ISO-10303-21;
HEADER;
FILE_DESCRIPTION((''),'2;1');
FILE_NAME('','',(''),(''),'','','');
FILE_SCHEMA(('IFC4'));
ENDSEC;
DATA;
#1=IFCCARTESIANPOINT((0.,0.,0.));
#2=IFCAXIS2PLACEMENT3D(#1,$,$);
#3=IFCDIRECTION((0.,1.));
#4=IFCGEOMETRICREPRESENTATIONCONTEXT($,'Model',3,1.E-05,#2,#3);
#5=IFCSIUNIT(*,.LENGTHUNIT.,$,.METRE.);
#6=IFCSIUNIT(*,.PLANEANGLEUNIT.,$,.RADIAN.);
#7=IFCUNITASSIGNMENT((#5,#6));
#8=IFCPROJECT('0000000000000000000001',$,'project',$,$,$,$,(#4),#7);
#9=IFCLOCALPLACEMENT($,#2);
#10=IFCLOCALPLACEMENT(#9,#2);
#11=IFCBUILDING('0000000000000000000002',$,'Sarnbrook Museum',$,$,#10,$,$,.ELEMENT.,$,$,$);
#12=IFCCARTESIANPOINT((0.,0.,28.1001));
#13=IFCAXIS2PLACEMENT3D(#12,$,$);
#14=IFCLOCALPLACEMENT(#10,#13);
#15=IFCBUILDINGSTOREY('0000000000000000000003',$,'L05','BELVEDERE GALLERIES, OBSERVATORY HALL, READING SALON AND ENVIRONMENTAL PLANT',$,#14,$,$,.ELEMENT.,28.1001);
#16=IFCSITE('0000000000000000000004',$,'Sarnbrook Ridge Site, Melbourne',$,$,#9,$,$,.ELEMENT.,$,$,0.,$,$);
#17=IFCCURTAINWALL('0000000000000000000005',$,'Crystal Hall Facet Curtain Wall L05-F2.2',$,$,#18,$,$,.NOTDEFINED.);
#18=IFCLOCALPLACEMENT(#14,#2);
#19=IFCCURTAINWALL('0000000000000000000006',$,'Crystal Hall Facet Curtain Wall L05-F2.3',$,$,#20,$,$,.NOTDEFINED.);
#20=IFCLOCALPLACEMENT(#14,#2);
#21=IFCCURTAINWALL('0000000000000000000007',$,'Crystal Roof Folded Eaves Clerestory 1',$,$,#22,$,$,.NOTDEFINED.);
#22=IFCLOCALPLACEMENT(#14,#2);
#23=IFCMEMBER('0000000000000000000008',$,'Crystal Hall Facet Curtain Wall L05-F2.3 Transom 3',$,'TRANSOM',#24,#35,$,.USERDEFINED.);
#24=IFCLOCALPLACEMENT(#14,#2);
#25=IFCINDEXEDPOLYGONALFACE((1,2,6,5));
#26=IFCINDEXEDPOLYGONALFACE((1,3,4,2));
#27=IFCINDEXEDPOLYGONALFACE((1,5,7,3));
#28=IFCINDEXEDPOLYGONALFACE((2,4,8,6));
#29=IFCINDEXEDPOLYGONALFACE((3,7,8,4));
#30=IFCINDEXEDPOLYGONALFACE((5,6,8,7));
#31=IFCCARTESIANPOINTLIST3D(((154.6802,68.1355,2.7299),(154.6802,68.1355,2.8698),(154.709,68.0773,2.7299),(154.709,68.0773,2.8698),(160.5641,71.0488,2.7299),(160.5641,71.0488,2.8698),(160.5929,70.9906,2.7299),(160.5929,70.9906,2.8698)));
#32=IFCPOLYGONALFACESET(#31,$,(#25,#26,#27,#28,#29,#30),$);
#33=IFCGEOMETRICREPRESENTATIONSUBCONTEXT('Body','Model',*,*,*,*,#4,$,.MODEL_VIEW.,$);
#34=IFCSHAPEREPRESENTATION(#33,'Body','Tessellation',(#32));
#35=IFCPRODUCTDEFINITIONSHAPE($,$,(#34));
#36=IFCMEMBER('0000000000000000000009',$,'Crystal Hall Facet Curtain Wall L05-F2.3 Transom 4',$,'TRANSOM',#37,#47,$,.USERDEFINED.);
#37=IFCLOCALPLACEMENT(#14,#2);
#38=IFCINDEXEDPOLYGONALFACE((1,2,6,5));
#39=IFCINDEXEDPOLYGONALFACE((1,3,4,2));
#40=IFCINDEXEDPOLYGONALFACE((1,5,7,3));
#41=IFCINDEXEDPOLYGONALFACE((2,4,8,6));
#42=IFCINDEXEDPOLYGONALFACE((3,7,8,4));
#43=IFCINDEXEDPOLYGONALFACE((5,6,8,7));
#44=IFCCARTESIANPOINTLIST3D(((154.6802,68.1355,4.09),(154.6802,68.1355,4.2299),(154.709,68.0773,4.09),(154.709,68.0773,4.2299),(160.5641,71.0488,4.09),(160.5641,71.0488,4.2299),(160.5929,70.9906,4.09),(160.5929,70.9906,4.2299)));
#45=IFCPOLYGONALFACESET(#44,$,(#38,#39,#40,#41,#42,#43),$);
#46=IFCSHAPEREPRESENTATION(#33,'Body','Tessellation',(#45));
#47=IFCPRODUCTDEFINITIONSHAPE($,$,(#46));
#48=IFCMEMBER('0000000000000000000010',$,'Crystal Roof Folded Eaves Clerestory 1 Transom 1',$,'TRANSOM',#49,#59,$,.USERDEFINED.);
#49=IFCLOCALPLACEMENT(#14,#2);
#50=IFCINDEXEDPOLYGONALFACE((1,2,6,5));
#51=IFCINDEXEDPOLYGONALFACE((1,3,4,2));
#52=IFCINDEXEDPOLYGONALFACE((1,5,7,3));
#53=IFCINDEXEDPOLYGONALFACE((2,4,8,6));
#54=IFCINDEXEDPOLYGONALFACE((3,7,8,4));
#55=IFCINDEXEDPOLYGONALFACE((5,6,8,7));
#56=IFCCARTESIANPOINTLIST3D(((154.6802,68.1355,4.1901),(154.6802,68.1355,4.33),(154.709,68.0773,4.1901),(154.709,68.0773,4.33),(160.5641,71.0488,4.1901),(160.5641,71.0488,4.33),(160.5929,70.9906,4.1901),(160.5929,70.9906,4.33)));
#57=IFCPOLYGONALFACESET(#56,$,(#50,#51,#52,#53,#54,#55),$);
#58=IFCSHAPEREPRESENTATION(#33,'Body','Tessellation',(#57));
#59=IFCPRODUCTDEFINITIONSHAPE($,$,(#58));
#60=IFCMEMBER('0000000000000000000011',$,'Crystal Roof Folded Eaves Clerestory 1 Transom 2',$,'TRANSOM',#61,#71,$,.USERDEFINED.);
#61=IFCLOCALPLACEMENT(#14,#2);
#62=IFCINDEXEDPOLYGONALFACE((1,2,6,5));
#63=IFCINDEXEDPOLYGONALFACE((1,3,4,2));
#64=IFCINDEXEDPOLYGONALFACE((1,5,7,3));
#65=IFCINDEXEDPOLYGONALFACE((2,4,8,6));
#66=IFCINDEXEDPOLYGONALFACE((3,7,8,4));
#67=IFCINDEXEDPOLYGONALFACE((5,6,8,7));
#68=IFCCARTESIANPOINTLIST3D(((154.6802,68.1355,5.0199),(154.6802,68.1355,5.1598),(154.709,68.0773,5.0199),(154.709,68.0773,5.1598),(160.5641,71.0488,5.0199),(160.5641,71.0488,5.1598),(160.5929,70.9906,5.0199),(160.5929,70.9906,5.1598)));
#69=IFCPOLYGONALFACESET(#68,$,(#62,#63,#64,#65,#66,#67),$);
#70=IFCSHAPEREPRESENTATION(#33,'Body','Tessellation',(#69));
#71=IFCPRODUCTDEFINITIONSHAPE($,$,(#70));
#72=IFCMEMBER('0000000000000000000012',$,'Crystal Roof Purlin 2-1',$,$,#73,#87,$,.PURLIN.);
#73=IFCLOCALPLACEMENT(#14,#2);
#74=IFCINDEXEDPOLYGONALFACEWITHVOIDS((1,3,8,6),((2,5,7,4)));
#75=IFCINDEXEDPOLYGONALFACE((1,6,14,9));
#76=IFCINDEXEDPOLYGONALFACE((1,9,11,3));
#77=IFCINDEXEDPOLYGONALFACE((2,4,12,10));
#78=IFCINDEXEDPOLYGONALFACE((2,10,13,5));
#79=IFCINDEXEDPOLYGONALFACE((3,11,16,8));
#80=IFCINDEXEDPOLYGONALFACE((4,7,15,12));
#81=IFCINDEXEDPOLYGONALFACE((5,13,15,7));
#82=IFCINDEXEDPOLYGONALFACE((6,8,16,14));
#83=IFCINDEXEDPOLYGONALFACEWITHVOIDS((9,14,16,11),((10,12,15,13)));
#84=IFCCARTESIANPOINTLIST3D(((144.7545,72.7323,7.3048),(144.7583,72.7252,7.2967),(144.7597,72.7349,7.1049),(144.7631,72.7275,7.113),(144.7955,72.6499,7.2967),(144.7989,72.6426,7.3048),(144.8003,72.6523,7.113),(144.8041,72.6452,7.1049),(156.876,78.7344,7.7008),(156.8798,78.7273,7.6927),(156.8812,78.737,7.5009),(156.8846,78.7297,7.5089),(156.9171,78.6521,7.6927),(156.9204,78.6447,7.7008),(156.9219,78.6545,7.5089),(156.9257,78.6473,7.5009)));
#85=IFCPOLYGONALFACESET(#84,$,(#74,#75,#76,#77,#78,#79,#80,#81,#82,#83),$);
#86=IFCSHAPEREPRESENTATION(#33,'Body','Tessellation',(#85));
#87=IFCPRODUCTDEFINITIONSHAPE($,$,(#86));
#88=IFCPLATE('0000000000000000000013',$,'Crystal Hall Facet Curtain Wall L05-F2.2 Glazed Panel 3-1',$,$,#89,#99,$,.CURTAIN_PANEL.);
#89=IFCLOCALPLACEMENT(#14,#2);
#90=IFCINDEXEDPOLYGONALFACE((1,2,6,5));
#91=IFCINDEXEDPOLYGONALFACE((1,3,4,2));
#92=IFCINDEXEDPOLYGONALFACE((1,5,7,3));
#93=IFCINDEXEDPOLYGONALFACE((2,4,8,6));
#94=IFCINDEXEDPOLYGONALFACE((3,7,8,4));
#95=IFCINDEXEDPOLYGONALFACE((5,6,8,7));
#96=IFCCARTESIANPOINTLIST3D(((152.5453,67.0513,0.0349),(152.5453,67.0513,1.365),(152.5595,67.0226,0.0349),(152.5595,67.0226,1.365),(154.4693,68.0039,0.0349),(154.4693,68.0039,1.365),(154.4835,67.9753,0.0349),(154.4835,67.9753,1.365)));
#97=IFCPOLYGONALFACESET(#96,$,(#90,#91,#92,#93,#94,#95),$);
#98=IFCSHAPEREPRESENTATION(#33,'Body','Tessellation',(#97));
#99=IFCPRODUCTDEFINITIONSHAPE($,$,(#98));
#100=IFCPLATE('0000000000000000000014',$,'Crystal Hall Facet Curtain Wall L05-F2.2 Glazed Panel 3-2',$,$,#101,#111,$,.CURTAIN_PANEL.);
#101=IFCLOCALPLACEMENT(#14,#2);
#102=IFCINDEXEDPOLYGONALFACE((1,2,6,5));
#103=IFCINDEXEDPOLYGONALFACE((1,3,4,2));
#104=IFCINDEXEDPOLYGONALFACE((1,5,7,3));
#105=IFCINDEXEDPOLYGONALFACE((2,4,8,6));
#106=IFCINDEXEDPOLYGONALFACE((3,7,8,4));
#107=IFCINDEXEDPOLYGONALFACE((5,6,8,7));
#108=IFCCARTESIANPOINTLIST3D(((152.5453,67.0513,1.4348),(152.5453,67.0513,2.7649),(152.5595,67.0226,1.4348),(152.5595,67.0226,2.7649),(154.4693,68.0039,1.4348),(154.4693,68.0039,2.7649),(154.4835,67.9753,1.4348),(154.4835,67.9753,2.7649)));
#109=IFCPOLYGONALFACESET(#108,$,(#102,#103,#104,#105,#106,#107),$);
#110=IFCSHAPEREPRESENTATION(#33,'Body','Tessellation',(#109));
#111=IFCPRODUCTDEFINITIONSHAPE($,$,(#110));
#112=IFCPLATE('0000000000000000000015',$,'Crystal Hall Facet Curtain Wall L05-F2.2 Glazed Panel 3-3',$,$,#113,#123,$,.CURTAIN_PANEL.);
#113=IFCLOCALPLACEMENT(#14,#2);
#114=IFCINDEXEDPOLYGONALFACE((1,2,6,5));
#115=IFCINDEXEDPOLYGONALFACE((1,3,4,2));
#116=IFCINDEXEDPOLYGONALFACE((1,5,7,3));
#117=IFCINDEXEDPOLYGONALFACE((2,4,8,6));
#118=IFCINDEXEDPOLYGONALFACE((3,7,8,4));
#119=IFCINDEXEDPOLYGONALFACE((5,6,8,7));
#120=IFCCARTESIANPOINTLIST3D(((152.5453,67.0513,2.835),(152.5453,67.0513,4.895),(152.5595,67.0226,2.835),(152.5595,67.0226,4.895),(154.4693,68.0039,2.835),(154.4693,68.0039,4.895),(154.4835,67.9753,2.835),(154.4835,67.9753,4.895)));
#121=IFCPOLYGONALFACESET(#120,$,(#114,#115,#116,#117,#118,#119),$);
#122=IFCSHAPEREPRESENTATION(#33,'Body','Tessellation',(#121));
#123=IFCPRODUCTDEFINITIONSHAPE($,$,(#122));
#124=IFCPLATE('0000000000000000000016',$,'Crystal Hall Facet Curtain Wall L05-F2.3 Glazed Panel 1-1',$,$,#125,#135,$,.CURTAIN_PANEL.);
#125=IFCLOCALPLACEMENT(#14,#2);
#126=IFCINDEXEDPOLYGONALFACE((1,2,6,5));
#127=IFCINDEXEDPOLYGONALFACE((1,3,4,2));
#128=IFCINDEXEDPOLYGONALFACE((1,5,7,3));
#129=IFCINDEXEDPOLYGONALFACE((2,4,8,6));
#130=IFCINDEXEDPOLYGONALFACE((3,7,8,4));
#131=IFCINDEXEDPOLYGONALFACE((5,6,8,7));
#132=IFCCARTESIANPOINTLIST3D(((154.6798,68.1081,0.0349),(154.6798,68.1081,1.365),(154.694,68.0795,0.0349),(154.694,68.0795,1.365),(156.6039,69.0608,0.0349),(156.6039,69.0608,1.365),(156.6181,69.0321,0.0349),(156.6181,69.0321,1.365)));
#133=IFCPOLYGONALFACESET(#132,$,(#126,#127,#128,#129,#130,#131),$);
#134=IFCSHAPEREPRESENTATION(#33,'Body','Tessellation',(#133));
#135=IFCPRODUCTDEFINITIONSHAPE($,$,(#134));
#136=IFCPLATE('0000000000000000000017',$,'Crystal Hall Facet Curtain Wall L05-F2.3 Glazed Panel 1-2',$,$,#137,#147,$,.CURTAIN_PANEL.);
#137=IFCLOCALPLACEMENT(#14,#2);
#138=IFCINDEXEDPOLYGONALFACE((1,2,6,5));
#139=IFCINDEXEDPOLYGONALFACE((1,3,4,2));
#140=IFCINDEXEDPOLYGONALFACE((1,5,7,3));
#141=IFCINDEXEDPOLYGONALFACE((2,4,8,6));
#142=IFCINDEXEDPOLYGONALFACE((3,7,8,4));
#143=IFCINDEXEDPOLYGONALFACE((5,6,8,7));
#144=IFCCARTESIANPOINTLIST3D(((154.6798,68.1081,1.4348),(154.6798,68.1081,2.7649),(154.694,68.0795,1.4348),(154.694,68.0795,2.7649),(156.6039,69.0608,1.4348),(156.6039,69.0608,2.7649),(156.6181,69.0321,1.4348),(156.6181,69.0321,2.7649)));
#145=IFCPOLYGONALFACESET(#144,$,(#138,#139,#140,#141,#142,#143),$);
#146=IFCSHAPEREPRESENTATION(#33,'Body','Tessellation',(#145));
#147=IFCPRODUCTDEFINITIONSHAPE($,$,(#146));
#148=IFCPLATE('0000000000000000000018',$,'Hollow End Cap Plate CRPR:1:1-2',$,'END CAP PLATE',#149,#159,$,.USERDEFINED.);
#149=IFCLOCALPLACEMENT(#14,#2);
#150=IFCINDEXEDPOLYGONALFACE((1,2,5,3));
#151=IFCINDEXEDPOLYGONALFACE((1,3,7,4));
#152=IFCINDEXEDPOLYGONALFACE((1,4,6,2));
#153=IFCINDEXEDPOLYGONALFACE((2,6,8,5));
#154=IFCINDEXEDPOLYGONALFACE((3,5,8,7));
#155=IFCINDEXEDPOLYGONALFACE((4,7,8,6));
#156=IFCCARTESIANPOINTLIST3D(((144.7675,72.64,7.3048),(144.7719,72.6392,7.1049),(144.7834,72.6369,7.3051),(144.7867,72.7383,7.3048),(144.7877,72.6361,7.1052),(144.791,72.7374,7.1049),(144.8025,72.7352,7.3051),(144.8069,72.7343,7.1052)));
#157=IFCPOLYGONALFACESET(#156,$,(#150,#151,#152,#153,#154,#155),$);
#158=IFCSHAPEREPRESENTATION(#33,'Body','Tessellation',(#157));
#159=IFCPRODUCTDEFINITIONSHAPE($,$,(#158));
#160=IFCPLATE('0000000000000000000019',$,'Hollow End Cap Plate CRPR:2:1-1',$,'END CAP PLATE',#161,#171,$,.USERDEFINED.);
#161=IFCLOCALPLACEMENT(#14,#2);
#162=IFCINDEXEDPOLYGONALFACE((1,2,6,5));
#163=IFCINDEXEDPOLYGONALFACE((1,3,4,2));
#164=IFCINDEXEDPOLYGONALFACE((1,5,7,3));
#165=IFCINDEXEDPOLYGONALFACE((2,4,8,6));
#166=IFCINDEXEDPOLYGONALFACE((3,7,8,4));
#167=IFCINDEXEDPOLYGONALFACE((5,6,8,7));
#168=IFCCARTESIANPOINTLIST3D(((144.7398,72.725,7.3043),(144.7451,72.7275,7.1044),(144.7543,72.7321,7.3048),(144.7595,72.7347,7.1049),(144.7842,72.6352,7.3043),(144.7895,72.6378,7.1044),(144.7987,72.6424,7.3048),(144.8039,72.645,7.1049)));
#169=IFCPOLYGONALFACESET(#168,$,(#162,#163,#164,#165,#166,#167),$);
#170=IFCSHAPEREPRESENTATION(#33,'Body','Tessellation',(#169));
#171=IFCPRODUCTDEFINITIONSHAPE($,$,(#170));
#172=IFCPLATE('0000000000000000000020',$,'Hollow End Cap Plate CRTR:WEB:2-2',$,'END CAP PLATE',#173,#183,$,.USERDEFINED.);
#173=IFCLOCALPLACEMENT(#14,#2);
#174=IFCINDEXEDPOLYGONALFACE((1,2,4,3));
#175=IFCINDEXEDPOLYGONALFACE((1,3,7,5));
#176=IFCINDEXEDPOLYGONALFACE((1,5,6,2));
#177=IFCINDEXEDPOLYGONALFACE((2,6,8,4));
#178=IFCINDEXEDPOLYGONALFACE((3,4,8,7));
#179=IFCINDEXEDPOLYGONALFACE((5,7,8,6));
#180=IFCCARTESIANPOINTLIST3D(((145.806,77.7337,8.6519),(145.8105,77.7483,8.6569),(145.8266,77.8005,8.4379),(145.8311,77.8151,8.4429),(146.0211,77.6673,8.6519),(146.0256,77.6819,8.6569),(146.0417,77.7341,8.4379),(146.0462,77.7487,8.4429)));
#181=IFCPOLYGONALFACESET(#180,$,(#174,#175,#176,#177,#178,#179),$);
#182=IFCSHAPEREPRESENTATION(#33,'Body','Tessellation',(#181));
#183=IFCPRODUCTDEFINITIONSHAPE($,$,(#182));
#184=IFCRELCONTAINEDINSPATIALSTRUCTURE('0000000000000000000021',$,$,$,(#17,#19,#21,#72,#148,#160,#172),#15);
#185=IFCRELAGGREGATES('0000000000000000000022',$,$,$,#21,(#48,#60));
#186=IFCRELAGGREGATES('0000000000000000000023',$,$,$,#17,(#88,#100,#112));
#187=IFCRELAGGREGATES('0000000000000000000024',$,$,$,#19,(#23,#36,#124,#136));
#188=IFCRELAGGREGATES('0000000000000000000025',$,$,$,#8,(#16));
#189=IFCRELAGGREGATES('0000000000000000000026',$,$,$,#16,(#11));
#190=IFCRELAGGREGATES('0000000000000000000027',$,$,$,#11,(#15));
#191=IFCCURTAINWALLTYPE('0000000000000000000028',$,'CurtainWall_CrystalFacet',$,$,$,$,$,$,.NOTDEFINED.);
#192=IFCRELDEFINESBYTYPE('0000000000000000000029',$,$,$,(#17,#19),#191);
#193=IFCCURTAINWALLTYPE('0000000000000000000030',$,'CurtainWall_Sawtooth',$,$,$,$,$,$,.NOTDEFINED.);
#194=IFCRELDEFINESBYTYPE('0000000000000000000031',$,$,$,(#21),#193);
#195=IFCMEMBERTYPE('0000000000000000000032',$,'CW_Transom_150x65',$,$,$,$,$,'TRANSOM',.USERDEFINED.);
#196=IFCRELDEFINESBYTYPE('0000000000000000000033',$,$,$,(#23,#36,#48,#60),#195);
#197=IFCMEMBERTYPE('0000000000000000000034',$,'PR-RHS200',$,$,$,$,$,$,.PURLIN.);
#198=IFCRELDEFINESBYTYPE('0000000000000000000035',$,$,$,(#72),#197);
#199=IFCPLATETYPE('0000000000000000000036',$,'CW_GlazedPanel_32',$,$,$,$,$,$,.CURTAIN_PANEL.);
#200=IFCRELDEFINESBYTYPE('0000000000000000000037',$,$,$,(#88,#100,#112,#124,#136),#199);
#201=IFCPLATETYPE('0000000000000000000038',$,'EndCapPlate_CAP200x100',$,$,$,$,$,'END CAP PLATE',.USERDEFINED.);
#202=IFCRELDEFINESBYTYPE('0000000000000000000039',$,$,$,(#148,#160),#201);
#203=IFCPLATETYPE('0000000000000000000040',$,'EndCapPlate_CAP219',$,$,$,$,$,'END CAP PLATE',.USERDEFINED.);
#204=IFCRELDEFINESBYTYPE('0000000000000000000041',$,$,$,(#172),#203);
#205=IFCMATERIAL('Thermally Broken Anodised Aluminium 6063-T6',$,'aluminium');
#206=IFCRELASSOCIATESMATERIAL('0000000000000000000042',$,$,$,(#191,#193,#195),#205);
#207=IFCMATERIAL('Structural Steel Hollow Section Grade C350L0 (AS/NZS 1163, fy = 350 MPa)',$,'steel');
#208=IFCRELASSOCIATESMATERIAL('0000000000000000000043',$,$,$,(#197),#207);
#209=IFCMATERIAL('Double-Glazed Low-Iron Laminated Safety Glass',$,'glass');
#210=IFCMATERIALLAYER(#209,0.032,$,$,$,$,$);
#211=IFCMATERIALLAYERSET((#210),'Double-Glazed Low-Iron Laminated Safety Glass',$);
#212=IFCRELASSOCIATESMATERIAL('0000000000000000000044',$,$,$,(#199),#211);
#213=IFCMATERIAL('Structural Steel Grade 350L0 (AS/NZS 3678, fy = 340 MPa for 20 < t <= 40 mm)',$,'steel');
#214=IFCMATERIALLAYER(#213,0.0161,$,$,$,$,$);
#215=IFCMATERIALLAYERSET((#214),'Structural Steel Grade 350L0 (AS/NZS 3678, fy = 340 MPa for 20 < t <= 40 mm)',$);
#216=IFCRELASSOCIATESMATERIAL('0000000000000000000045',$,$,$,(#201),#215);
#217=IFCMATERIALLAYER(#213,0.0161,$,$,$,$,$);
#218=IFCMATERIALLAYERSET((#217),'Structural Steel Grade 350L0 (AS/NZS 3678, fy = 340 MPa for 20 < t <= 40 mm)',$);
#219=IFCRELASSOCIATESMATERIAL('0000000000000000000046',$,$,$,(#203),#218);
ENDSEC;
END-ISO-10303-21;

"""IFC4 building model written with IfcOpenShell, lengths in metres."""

from ifc_helpers import new_model, si_unit, direction, frame, origin, origin_2d, place, context, subcontext, project, spatial, rectangle, hollow_rectangle, extrude, material, layer, layer_set, material_profile, profile_set, type_object, element, aggregate, save


model = new_model("IFC4")

# Units and contexts
model_context = context("Model", 3, precision=1e-05, world=origin(), true_north=direction((0.0, 1.0)))
body_context = subcontext(model_context, "Body", "Model", "MODEL_VIEW")
ifc_project = project(units=[si_unit("LENGTHUNIT", "METRE"), si_unit("PLANEANGLEUNIT", "RADIAN")], contexts=[model_context])

# Site, building, storey
site_placement = place(None, origin())
site = spatial("IfcSite", under=ifc_project, at=site_placement, Name="Sarnbrook Ridge Site, Melbourne", CompositionType="ELEMENT", RefElevation=0.0)
building_placement = place(site_placement, origin())
building = spatial("IfcBuilding", under=site, at=building_placement, Name="Sarnbrook Museum", CompositionType="ELEMENT")
storey_placement = place(building_placement, frame((0.0, 0.0, 28.1001)))
storey = spatial("IfcBuildingStorey", under=building, at=storey_placement, Name="L05", Description="BELVEDERE GALLERIES, OBSERVATORY HALL, READING SALON AND ENVIRONMENTAL PLANT", CompositionType="ELEMENT", Elevation=28.1001)

# Shared definitions
ifc_material_1 = material(Name="Structural Steel Hollow Section Grade C350L0 (AS/NZS 1163, fy = 350 MPa)", Category="steel")

# Curtain wall
ifc_material_2 = material(Name="Thermally Broken Anodised Aluminium 6063-T6", Category="aluminium")
curtain_wall_type_1 = type_object("IfcCurtainWallType", Name="CurtainWall_CrystalFacet", PredefinedType="NOTDEFINED", material=ifc_material_2)
curtain_wall_1_placement = place(storey_placement, origin())
curtain_wall_1 = element("IfcCurtainWall", 1, at=curtain_wall_1_placement, inside=storey, type_object=curtain_wall_type_1, Name="Crystal Hall Facet Curtain Wall L05-F2.2", PredefinedType="NOTDEFINED")

# Curtain walls
curtain_wall_2_placement = place(storey_placement, origin())
curtain_wall_2 = element("IfcCurtainWall", 2, at=curtain_wall_2_placement, inside=storey, type_object=curtain_wall_type_1, Name="Crystal Hall Facet Curtain Wall L05-F2.3", PredefinedType="NOTDEFINED")
curtain_wall_type_2 = type_object("IfcCurtainWallType", Name="CurtainWall_Sawtooth", PredefinedType="NOTDEFINED", material=ifc_material_2)
curtain_wall_3_placement = place(storey_placement, origin())
curtain_wall_3 = element("IfcCurtainWall", 3, at=curtain_wall_3_placement, inside=storey, type_object=curtain_wall_type_2, Name="Crystal Roof Folded Eaves Clerestory 1", PredefinedType="NOTDEFINED")

# Members
ifc_material_profile_1 = material_profile(ifc_material_2, rectangle(XDim=0.0649, YDim=0.1399, at=origin_2d()), Name="ALU TRANSOM 65x140")
ifc_profile_set_1 = profile_set([ifc_material_profile_1], Name="Thermally Broken Anodised Aluminium 6063-T6")
member_type_1 = type_object("IfcMemberType", Name="CW_Transom_150x65", ElementType="TRANSOM", PredefinedType="USERDEFINED", material=ifc_profile_set_1)
member_1_placement = place(storey_placement, frame((154.6946, 68.1064, 2.7998), z_axis=(0.896168, 0.443715, 0.0), x_axis=(-0.443715, 0.896168, 0.0)))
member_1 = element("IfcMember", 4, at=member_1_placement, type_object=member_type_1, Name="Crystal Hall Facet Curtain Wall L05-F2.3 Transom 3", ObjectType="TRANSOM", PredefinedType="USERDEFINED", context=body_context, shape_type="SweptSolid", body=[
    extrude(rectangle(XDim=0.0649, YDim=0.1399, at=origin_2d()), origin(), (0.0, 0.0, 1.0), 6.5657),
])
member_2_placement = place(storey_placement, frame((154.6946, 68.1064, 4.1599), z_axis=(0.896168, 0.443715, 0.0), x_axis=(-0.443715, 0.896168, 0.0)))
member_2 = element("IfcMember", 5, at=member_2_placement, type_object=member_type_1, Name="Crystal Hall Facet Curtain Wall L05-F2.3 Transom 4", ObjectType="TRANSOM", PredefinedType="USERDEFINED", context=body_context, shape_type="SweptSolid", body=[
    extrude(rectangle(XDim=0.0649, YDim=0.1399, at=origin_2d()), origin(), (0.0, 0.0, 1.0), 6.5657),
])
member_3_placement = place(storey_placement, frame((154.6946, 68.1064, 4.26), z_axis=(0.896168, 0.443715, 0.0), x_axis=(-0.443715, 0.896168, 0.0)))
member_3 = element("IfcMember", 6, at=member_3_placement, type_object=member_type_1, Name="Crystal Roof Folded Eaves Clerestory 1 Transom 1", ObjectType="TRANSOM", PredefinedType="USERDEFINED", context=body_context, shape_type="SweptSolid", body=[
    extrude(rectangle(XDim=0.0649, YDim=0.1399, at=origin_2d()), origin(), (0.0, 0.0, 1.0), 6.5657),
])
member_4_placement = place(storey_placement, frame((154.6946, 68.1064, 5.0898), z_axis=(0.896168, 0.443715, 0.0), x_axis=(-0.443715, 0.896168, 0.0)))
member_4 = element("IfcMember", 7, at=member_4_placement, type_object=member_type_1, Name="Crystal Roof Folded Eaves Clerestory 1 Transom 2", ObjectType="TRANSOM", PredefinedType="USERDEFINED", context=body_context, shape_type="SweptSolid", body=[
    extrude(rectangle(XDim=0.0649, YDim=0.1399, at=origin_2d()), origin(), (0.0, 0.0, 1.0), 6.5657),
])
aggregate(curtain_wall_3, [member_3, member_4])
ifc_material_profile_2 = material_profile(ifc_material_1, hollow_rectangle(XDim=0.1001, YDim=0.2, WallThickness=0.0081, at=origin_2d()), Name="200x100x8.0RHS")
ifc_profile_set_2 = profile_set([ifc_material_profile_2], Name="Structural Steel Hollow Section Grade C350L0 (AS/NZS 1163, fy = 350 MPa)")
member_type_2 = type_object("IfcMemberType", Name="PR-RHS200", PredefinedType="PURLIN", material=ifc_profile_set_2)
member_5_placement = place(storey_placement, frame((144.7793, 72.6887, 7.2048), z_axis=(0.895769, 0.443555, 0.029264), x_axis=(-0.443745, 0.896153, 0.0)))
element("IfcMember", 8, at=member_5_placement, inside=storey, type_object=member_type_2, Name="Crystal Roof Purlin 2-1", PredefinedType="PURLIN", context=body_context, shape_type="SweptSolid", body=[
    extrude(hollow_rectangle(XDim=0.1001, YDim=0.2, WallThickness=0.0081, at=origin_2d()), origin(), (0.0, 0.0, 1.0), 13.532),
])

# Plates
ifc_material_3 = material(Name="Double-Glazed Low-Iron Laminated Safety Glass", Category="glass")
ifc_layer_1 = layer(ifc_material_3, 0.032)
ifc_layer_set_1 = layer_set([ifc_layer_1], Name="Double-Glazed Low-Iron Laminated Safety Glass")
plate_type_1 = type_object("IfcPlateType", Name="CW_GlazedPanel_32", PredefinedType="CURTAIN_PANEL", material=ifc_layer_set_1)
plate_1_placement = place(storey_placement, frame((153.5073, 67.5276, 0.7), z_axis=(0.443727, -0.896162, 0.0), x_axis=(0.896162, 0.443727, 0.0)))
plate_1 = element("IfcPlate", 9, at=plate_1_placement, type_object=plate_type_1, Name="Crystal Hall Facet Curtain Wall L05-F2.2 Glazed Panel 3-1", PredefinedType="CURTAIN_PANEL", context=body_context, shape_type="SweptSolid", body=[
    extrude(rectangle(XDim=2.147, YDim=1.3301, at=origin_2d()), origin(), (0.0, 0.0, 1.0), 0.032),
])
plate_2_placement = place(storey_placement, frame((153.5073, 67.5276, 2.0999), z_axis=(0.443727, -0.896162, 0.0), x_axis=(0.896162, 0.443727, 0.0)))
plate_2 = element("IfcPlate", 10, at=plate_2_placement, type_object=plate_type_1, Name="Crystal Hall Facet Curtain Wall L05-F2.2 Glazed Panel 3-2", PredefinedType="CURTAIN_PANEL", context=body_context, shape_type="SweptSolid", body=[
    extrude(rectangle(XDim=2.147, YDim=1.3301, at=origin_2d()), origin(), (0.0, 0.0, 1.0), 0.032),
])
plate_3_placement = place(storey_placement, frame((153.5073, 67.5276, 3.865), z_axis=(0.443727, -0.896162, 0.0), x_axis=(0.896162, 0.443727, 0.0)))
plate_3 = element("IfcPlate", 11, at=plate_3_placement, type_object=plate_type_1, Name="Crystal Hall Facet Curtain Wall L05-F2.2 Glazed Panel 3-3", PredefinedType="CURTAIN_PANEL", context=body_context, shape_type="SweptSolid", body=[
    extrude(rectangle(XDim=2.147, YDim=2.0601, at=origin_2d()), origin(), (0.0, 0.0, 1.0), 0.032),
])
aggregate(curtain_wall_1, [plate_1, plate_2, plate_3])
plate_4_placement = place(storey_placement, frame((155.6418, 68.5845, 0.7), z_axis=(0.443727, -0.896162, 0.0), x_axis=(0.896162, 0.443727, 0.0)))
plate_4 = element("IfcPlate", 12, at=plate_4_placement, type_object=plate_type_1, Name="Crystal Hall Facet Curtain Wall L05-F2.3 Glazed Panel 1-1", PredefinedType="CURTAIN_PANEL", context=body_context, shape_type="SweptSolid", body=[
    extrude(rectangle(XDim=2.147, YDim=1.3301, at=origin_2d()), origin(), (0.0, 0.0, 1.0), 0.032),
])
plate_5_placement = place(storey_placement, frame((155.6418, 68.5845, 2.0999), z_axis=(0.443727, -0.896162, 0.0), x_axis=(0.896162, 0.443727, 0.0)))
plate_5 = element("IfcPlate", 13, at=plate_5_placement, type_object=plate_type_1, Name="Crystal Hall Facet Curtain Wall L05-F2.3 Glazed Panel 1-2", PredefinedType="CURTAIN_PANEL", context=body_context, shape_type="SweptSolid", body=[
    extrude(rectangle(XDim=2.147, YDim=1.3301, at=origin_2d()), origin(), (0.0, 0.0, 1.0), 0.032),
])
aggregate(curtain_wall_2, [member_1, member_2, plate_4, plate_5])

# Plates
ifc_material_4 = material(Name="Structural Steel Grade 350L0 (AS/NZS 3678, fy = 340 MPa for 20 < t <= 40 mm)", Category="steel")
ifc_layer_2 = layer(ifc_material_4, 0.0161)
ifc_layer_set_2 = layer_set([ifc_layer_2], Name="Structural Steel Grade 350L0 (AS/NZS 3678, fy = 340 MPa for 20 < t <= 40 mm)")
plate_type_2 = type_object("IfcPlateType", Name="EndCapPlate_CAP200x100", ElementType="END CAP PLATE", PredefinedType="USERDEFINED", material=ifc_layer_set_2)
for number, where, z_axis, x_axis, name in (
    (14, (144.7793, 72.6887, 7.2048), (0.981287, -0.191271, 0.022158), (0.191318, 0.981528, 0.0), "Hollow End Cap Plate CRPR:1:1-2"),
    (15, (144.7646, 72.6814, 7.2043), (0.895775, 0.443543, 0.029264), (-0.443733, 0.896159, 0.0), "Hollow End Cap Plate CRPR:2:1-1"),
):
    element("IfcPlate", number, at=place(storey_placement, frame(where, z_axis=z_axis, x_axis=x_axis)), inside=storey, type_object=plate_type_2, Name=name, ObjectType="END CAP PLATE", PredefinedType="USERDEFINED", context=body_context, shape_type="SweptSolid", body=[
        extrude(rectangle(XDim=0.1001, YDim=0.2, at=origin_2d()), origin(), (0.0, 0.0, 1.0), 0.0161),
    ])
ifc_layer_3 = layer(ifc_material_4, 0.0161)
ifc_layer_set_3 = layer_set([ifc_layer_3], Name="Structural Steel Grade 350L0 (AS/NZS 3678, fy = 340 MPa for 20 < t <= 40 mm)")
plate_type_3 = type_object("IfcPlateType", Name="EndCapPlate_CAP219", ElementType="END CAP PLATE", PredefinedType="USERDEFINED", material=ifc_layer_set_3)
plate_6_placement = place(storey_placement, frame((145.9238, 77.7339, 8.5449), z_axis=(0.280308, 0.908303, 0.310504), x_axis=(-0.955533, 0.294884, 0.0)))
element("IfcPlate", 16, at=plate_6_placement, inside=storey, type_object=plate_type_3, Name="Hollow End Cap Plate CRTR:WEB:2-2", ObjectType="END CAP PLATE", PredefinedType="USERDEFINED", context=body_context, shape_type="SweptSolid", body=[
    extrude(rectangle(XDim=0.2251, YDim=0.2251, at=origin_2d()), origin(), (0.0, 0.0, 1.0), 0.0161),
])

save(model, "model.ifc")
